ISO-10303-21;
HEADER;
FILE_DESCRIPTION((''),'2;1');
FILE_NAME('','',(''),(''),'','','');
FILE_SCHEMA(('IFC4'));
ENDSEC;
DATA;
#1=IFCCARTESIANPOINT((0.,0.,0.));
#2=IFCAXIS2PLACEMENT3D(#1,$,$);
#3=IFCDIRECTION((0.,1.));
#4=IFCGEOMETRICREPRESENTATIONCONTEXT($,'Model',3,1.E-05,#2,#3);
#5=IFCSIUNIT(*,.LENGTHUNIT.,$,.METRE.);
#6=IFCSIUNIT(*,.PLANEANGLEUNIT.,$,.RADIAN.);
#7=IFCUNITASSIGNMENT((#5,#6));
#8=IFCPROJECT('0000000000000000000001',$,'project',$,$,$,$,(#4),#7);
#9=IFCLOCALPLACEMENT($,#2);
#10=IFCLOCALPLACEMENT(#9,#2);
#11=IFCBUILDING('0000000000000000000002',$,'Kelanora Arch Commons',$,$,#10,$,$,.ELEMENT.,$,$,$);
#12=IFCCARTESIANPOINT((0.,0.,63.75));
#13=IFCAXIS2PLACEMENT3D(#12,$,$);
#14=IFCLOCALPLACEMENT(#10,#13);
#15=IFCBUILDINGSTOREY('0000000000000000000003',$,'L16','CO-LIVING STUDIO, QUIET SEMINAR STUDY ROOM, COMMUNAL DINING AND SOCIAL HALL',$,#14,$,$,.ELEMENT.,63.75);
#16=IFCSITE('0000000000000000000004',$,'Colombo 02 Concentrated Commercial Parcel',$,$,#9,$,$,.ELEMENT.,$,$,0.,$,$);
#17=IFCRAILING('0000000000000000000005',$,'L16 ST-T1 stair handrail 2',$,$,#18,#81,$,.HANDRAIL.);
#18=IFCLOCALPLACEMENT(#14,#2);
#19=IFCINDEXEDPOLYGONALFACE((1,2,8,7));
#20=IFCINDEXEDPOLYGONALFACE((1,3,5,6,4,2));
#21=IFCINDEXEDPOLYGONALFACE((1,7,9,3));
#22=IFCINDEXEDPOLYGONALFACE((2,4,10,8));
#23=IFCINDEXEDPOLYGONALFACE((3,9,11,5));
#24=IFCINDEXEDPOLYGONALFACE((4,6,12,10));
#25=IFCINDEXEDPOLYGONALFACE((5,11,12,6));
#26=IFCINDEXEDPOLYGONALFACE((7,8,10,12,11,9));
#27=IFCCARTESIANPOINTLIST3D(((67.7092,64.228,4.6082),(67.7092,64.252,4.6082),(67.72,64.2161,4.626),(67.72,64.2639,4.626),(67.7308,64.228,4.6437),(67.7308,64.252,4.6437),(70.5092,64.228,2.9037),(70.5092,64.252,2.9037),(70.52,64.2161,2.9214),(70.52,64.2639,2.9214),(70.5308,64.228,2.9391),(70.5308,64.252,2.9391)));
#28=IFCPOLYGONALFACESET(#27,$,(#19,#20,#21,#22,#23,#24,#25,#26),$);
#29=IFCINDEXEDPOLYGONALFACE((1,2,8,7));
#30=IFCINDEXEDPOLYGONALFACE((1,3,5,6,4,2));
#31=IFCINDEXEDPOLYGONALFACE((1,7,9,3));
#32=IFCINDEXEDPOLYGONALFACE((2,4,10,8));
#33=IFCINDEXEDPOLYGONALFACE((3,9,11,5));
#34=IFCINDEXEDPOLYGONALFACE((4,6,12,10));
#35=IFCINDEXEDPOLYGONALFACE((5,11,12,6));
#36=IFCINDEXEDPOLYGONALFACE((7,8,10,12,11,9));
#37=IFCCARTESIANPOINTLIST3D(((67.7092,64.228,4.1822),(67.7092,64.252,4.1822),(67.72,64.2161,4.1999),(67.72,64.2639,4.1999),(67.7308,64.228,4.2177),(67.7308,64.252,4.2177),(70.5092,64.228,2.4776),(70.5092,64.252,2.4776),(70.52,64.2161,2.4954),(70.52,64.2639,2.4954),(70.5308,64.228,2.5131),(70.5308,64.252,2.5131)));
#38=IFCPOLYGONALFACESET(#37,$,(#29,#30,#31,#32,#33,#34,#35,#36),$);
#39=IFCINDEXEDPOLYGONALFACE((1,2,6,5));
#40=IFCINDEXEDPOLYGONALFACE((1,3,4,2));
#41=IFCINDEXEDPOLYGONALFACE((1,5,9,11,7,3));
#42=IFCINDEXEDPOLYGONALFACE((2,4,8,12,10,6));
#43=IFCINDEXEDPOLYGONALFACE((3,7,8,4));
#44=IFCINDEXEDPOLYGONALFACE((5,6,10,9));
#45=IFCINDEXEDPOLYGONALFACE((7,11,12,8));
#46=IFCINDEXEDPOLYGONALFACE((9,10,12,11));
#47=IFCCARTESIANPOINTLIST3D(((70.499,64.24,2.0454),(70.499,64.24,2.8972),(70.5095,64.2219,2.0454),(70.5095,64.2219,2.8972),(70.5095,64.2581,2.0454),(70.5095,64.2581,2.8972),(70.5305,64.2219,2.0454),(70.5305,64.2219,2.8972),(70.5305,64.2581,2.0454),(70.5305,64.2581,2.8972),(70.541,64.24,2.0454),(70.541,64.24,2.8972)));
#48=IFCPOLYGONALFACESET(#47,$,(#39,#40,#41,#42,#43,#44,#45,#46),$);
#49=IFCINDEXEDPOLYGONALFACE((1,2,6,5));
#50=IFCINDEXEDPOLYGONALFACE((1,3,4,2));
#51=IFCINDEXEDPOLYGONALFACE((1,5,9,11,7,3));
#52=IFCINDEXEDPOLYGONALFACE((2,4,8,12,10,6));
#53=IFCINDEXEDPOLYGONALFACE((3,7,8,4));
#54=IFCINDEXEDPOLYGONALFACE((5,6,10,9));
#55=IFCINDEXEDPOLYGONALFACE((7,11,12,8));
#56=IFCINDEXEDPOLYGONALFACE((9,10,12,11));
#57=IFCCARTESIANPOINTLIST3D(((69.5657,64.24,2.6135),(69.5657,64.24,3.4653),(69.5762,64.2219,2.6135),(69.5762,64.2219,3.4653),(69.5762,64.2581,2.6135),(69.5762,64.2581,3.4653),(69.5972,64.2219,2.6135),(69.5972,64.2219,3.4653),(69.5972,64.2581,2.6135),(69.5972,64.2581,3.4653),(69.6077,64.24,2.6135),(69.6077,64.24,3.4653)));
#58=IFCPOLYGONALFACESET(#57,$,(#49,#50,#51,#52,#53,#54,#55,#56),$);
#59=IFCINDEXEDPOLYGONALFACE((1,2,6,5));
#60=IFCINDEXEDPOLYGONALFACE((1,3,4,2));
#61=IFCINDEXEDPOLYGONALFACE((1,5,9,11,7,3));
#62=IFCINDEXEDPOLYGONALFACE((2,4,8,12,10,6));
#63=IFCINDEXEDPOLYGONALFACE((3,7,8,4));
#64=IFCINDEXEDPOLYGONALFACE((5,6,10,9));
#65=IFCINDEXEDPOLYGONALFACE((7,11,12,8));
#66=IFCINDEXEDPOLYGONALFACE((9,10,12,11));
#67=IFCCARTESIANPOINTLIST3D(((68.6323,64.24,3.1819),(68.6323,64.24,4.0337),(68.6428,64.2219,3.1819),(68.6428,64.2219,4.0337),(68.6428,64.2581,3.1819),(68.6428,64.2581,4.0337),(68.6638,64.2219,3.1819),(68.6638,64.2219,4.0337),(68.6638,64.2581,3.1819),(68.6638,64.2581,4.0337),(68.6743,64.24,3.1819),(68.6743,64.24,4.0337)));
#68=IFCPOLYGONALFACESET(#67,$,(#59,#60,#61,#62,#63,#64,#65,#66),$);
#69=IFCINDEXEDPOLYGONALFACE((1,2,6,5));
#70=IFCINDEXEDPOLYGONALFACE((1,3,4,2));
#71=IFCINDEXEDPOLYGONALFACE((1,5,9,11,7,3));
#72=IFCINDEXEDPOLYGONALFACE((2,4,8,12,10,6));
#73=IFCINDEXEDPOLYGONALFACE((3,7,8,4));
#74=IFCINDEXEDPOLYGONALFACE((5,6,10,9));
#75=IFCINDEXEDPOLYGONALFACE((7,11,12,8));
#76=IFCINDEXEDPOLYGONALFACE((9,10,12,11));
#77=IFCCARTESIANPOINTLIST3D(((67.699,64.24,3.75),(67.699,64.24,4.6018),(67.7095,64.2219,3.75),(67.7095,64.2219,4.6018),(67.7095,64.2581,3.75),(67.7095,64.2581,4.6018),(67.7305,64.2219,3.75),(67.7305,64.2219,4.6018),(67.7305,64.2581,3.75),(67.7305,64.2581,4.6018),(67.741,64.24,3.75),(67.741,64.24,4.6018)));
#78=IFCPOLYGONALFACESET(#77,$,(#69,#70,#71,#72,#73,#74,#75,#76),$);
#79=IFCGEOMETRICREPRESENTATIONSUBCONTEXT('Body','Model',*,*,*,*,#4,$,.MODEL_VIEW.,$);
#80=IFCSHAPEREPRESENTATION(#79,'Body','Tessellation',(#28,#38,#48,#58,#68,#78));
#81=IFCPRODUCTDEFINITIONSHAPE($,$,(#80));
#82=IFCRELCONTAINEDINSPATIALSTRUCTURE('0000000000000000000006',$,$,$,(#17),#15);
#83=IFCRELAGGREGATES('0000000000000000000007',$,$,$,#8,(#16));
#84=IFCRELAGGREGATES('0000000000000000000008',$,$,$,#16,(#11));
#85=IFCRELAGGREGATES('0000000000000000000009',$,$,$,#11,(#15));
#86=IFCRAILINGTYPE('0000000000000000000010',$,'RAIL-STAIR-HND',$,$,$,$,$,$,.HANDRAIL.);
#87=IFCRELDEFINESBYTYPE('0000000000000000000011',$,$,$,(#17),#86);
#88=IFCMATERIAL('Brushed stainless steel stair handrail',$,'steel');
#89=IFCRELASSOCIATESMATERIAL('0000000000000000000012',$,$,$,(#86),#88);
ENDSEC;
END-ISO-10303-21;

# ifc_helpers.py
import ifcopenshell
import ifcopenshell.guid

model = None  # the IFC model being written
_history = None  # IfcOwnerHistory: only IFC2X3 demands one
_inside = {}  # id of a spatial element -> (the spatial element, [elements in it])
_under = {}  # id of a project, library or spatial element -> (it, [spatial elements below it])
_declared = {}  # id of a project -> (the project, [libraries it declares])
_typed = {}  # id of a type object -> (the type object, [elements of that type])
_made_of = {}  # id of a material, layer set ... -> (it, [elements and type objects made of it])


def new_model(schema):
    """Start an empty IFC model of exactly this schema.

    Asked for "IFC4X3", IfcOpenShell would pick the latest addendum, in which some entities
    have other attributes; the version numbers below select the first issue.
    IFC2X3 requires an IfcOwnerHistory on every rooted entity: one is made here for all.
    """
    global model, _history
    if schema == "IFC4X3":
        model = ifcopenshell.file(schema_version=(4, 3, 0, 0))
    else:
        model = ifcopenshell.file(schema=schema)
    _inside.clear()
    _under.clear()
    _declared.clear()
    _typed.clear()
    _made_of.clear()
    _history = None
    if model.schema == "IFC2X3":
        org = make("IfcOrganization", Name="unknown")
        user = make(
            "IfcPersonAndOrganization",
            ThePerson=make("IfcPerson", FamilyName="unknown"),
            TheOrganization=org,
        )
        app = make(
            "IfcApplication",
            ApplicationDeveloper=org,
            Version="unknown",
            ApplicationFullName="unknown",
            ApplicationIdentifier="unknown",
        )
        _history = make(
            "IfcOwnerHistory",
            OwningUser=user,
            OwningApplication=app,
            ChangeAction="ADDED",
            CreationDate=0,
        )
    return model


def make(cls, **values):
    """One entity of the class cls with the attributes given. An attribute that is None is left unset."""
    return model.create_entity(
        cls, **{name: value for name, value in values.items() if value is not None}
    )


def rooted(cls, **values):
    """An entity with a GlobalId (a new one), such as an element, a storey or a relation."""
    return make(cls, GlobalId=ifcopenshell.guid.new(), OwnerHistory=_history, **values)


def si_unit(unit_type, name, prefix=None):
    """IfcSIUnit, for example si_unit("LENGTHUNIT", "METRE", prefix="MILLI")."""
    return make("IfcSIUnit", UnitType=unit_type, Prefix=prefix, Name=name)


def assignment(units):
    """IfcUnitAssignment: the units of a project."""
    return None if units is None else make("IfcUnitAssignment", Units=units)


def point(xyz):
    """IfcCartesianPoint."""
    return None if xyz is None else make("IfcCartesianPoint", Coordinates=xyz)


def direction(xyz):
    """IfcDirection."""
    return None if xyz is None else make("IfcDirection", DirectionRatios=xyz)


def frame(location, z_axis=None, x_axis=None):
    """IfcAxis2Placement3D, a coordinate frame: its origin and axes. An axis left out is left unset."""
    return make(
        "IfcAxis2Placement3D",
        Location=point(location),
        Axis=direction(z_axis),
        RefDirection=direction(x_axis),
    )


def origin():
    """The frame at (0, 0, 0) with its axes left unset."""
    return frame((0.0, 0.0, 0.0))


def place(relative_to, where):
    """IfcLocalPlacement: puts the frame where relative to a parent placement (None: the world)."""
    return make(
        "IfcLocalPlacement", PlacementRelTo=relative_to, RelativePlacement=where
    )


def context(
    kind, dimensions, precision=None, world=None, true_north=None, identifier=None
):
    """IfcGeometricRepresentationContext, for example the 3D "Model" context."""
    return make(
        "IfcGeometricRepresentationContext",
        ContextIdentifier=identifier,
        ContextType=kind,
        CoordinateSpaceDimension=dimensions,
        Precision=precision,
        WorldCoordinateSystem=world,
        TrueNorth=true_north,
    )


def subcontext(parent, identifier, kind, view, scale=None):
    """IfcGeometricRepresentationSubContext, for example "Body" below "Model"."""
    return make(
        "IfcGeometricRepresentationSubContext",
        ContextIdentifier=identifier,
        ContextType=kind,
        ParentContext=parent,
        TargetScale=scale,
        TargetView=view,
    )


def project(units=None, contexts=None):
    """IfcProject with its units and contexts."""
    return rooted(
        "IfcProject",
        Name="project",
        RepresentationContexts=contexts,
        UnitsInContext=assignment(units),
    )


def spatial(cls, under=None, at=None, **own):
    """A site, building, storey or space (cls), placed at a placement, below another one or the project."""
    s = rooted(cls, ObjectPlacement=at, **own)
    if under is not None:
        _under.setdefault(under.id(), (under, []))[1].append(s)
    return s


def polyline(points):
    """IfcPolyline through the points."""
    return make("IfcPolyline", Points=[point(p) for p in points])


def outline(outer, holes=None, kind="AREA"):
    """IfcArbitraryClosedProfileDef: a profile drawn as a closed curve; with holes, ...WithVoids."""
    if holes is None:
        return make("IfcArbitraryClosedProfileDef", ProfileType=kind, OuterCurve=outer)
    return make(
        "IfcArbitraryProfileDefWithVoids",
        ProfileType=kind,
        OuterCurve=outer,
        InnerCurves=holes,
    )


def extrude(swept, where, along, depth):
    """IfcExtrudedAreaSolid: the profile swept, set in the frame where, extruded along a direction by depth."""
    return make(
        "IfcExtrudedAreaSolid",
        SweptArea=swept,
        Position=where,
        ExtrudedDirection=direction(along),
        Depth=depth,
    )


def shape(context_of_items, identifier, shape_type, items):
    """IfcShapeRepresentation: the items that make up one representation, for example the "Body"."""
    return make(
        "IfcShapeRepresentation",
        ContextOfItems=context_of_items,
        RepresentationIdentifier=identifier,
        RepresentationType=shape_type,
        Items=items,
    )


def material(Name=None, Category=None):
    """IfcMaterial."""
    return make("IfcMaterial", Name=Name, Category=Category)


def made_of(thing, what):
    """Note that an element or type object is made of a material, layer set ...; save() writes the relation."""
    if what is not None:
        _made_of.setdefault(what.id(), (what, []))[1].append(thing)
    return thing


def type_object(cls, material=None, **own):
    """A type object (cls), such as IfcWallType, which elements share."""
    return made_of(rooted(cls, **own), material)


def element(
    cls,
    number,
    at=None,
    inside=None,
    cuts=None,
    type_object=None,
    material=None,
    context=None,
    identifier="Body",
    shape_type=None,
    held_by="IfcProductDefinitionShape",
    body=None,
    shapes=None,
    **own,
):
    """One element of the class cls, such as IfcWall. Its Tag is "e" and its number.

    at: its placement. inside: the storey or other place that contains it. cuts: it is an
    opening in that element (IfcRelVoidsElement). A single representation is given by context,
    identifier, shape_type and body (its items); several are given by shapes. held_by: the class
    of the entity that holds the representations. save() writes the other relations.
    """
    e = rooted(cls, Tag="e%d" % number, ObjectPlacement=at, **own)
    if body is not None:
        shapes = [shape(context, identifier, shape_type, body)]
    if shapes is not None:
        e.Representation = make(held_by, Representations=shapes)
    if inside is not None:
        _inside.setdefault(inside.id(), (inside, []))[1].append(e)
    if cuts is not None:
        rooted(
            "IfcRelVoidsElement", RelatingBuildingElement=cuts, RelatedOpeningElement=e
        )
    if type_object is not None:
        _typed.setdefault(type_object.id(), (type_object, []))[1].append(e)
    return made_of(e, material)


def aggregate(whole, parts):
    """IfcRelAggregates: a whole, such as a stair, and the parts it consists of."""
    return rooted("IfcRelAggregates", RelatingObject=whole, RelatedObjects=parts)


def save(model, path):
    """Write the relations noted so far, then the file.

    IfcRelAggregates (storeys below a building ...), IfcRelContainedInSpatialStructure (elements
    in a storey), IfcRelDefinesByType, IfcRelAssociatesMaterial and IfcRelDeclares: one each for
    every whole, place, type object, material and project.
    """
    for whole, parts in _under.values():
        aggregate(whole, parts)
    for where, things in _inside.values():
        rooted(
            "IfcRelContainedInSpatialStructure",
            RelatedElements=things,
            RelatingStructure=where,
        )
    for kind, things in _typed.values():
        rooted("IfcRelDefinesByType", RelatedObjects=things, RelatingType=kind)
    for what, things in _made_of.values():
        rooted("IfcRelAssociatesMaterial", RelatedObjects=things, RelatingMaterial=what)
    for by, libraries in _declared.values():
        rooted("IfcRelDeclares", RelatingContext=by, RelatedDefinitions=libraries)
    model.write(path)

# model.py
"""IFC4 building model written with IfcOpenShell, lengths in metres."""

from ifc_helpers import new_model, si_unit, direction, frame, origin, place, context, subcontext, project, spatial, polyline, outline, extrude, material, type_object, element, save


model = new_model("IFC4")

# Units and contexts
model_context = context("Model", 3, precision=1e-05, world=origin(), true_north=direction((0.0, 1.0)))
body_context = subcontext(model_context, "Body", "Model", "MODEL_VIEW")
ifc_project = project(units=[si_unit("LENGTHUNIT", "METRE"), si_unit("PLANEANGLEUNIT", "RADIAN")], contexts=[model_context])

# Site, building, storey
site_placement = place(None, origin())
site = spatial("IfcSite", under=ifc_project, at=site_placement, Name="Colombo 02 Concentrated Commercial Parcel", CompositionType="ELEMENT", RefElevation=0.0)
building_placement = place(site_placement, origin())
building = spatial("IfcBuilding", under=site, at=building_placement, Name="Kelanora Arch Commons", CompositionType="ELEMENT")
storey_placement = place(building_placement, frame((0.0, 0.0, 63.75)))
storey = spatial("IfcBuildingStorey", under=building, at=storey_placement, Name="L16", Description="CO-LIVING STUDIO, QUIET SEMINAR STUDY ROOM, COMMUNAL DINING AND SOCIAL HALL", CompositionType="ELEMENT", Elevation=63.75)

# Railing
ifc_material_1 = material(Name="Brushed stainless steel stair handrail", Category="steel")
railing_type_1 = type_object("IfcRailingType", Name="RAIL-STAIR-HND", PredefinedType="HANDRAIL", material=ifc_material_1)
railing_1_placement = place(storey_placement, frame((70.52, 64.24, 2.0454)))
element("IfcRailing", 1, at=railing_1_placement, inside=storey, type_object=railing_type_1, Name="L16 ST-T1 stair handrail 2", PredefinedType="HANDRAIL", context=body_context, shape_type="SweptSolid", body=[
    extrude(outline(polyline([(0.0239, 0.0), (0.012, 0.0208), (-0.012, 0.0208), (-0.0239, 0.0), (-0.012, -0.0208), (0.012, -0.0208), (0.0239, 0.0)])), frame((0.0, 0.0, 0.876), z_axis=(-0.85417, 0.0, 0.519994), x_axis=(0.0, -1.0, 0.0)), (0.0, 0.0, 1.0), 3.2781),
    extrude(outline(polyline([(0.0239, 0.0), (0.012, 0.0208), (-0.012, 0.0208), (-0.0239, 0.0), (-0.012, -0.0208), (0.012, -0.0208), (0.0239, 0.0)])), frame((0.0, 0.0, 0.45), z_axis=(-0.85417, 0.0, 0.519994), x_axis=(0.0, -1.0, 0.0)), (0.0, 0.0, 1.0), 3.2781),
    extrude(outline(polyline([(0.021, 0.0), (0.0105, 0.0181), (-0.0105, 0.0181), (-0.021, 0.0), (-0.0105, -0.0181), (0.0105, -0.0181), (0.021, 0.0)])), origin(), (0.0, 0.0, 1.0), 0.8518),
    extrude(outline(polyline([(0.021, 0.0), (0.0105, 0.0181), (-0.0105, 0.0181), (-0.021, 0.0), (-0.0105, -0.0181), (0.0105, -0.0181), (0.021, 0.0)])), frame((-0.9333, 0.0, 0.5681)), (0.0, 0.0, 1.0), 0.8518),
    extrude(outline(polyline([(0.021, 0.0), (0.0105, 0.0181), (-0.0105, 0.0181), (-0.021, 0.0), (-0.0105, -0.0181), (0.0105, -0.0181), (0.021, 0.0)])), frame((-1.8667, 0.0, 1.1365)), (0.0, 0.0, 1.0), 0.8518),
    extrude(outline(polyline([(0.021, 0.0), (0.0105, 0.0181), (-0.0105, 0.0181), (-0.021, 0.0), (-0.0105, -0.0181), (0.0105, -0.0181), (0.021, 0.0)])), frame((-2.8, 0.0, 1.7046)), (0.0, 0.0, 1.0), 0.8518),
])

save(model, "model.ifc")
